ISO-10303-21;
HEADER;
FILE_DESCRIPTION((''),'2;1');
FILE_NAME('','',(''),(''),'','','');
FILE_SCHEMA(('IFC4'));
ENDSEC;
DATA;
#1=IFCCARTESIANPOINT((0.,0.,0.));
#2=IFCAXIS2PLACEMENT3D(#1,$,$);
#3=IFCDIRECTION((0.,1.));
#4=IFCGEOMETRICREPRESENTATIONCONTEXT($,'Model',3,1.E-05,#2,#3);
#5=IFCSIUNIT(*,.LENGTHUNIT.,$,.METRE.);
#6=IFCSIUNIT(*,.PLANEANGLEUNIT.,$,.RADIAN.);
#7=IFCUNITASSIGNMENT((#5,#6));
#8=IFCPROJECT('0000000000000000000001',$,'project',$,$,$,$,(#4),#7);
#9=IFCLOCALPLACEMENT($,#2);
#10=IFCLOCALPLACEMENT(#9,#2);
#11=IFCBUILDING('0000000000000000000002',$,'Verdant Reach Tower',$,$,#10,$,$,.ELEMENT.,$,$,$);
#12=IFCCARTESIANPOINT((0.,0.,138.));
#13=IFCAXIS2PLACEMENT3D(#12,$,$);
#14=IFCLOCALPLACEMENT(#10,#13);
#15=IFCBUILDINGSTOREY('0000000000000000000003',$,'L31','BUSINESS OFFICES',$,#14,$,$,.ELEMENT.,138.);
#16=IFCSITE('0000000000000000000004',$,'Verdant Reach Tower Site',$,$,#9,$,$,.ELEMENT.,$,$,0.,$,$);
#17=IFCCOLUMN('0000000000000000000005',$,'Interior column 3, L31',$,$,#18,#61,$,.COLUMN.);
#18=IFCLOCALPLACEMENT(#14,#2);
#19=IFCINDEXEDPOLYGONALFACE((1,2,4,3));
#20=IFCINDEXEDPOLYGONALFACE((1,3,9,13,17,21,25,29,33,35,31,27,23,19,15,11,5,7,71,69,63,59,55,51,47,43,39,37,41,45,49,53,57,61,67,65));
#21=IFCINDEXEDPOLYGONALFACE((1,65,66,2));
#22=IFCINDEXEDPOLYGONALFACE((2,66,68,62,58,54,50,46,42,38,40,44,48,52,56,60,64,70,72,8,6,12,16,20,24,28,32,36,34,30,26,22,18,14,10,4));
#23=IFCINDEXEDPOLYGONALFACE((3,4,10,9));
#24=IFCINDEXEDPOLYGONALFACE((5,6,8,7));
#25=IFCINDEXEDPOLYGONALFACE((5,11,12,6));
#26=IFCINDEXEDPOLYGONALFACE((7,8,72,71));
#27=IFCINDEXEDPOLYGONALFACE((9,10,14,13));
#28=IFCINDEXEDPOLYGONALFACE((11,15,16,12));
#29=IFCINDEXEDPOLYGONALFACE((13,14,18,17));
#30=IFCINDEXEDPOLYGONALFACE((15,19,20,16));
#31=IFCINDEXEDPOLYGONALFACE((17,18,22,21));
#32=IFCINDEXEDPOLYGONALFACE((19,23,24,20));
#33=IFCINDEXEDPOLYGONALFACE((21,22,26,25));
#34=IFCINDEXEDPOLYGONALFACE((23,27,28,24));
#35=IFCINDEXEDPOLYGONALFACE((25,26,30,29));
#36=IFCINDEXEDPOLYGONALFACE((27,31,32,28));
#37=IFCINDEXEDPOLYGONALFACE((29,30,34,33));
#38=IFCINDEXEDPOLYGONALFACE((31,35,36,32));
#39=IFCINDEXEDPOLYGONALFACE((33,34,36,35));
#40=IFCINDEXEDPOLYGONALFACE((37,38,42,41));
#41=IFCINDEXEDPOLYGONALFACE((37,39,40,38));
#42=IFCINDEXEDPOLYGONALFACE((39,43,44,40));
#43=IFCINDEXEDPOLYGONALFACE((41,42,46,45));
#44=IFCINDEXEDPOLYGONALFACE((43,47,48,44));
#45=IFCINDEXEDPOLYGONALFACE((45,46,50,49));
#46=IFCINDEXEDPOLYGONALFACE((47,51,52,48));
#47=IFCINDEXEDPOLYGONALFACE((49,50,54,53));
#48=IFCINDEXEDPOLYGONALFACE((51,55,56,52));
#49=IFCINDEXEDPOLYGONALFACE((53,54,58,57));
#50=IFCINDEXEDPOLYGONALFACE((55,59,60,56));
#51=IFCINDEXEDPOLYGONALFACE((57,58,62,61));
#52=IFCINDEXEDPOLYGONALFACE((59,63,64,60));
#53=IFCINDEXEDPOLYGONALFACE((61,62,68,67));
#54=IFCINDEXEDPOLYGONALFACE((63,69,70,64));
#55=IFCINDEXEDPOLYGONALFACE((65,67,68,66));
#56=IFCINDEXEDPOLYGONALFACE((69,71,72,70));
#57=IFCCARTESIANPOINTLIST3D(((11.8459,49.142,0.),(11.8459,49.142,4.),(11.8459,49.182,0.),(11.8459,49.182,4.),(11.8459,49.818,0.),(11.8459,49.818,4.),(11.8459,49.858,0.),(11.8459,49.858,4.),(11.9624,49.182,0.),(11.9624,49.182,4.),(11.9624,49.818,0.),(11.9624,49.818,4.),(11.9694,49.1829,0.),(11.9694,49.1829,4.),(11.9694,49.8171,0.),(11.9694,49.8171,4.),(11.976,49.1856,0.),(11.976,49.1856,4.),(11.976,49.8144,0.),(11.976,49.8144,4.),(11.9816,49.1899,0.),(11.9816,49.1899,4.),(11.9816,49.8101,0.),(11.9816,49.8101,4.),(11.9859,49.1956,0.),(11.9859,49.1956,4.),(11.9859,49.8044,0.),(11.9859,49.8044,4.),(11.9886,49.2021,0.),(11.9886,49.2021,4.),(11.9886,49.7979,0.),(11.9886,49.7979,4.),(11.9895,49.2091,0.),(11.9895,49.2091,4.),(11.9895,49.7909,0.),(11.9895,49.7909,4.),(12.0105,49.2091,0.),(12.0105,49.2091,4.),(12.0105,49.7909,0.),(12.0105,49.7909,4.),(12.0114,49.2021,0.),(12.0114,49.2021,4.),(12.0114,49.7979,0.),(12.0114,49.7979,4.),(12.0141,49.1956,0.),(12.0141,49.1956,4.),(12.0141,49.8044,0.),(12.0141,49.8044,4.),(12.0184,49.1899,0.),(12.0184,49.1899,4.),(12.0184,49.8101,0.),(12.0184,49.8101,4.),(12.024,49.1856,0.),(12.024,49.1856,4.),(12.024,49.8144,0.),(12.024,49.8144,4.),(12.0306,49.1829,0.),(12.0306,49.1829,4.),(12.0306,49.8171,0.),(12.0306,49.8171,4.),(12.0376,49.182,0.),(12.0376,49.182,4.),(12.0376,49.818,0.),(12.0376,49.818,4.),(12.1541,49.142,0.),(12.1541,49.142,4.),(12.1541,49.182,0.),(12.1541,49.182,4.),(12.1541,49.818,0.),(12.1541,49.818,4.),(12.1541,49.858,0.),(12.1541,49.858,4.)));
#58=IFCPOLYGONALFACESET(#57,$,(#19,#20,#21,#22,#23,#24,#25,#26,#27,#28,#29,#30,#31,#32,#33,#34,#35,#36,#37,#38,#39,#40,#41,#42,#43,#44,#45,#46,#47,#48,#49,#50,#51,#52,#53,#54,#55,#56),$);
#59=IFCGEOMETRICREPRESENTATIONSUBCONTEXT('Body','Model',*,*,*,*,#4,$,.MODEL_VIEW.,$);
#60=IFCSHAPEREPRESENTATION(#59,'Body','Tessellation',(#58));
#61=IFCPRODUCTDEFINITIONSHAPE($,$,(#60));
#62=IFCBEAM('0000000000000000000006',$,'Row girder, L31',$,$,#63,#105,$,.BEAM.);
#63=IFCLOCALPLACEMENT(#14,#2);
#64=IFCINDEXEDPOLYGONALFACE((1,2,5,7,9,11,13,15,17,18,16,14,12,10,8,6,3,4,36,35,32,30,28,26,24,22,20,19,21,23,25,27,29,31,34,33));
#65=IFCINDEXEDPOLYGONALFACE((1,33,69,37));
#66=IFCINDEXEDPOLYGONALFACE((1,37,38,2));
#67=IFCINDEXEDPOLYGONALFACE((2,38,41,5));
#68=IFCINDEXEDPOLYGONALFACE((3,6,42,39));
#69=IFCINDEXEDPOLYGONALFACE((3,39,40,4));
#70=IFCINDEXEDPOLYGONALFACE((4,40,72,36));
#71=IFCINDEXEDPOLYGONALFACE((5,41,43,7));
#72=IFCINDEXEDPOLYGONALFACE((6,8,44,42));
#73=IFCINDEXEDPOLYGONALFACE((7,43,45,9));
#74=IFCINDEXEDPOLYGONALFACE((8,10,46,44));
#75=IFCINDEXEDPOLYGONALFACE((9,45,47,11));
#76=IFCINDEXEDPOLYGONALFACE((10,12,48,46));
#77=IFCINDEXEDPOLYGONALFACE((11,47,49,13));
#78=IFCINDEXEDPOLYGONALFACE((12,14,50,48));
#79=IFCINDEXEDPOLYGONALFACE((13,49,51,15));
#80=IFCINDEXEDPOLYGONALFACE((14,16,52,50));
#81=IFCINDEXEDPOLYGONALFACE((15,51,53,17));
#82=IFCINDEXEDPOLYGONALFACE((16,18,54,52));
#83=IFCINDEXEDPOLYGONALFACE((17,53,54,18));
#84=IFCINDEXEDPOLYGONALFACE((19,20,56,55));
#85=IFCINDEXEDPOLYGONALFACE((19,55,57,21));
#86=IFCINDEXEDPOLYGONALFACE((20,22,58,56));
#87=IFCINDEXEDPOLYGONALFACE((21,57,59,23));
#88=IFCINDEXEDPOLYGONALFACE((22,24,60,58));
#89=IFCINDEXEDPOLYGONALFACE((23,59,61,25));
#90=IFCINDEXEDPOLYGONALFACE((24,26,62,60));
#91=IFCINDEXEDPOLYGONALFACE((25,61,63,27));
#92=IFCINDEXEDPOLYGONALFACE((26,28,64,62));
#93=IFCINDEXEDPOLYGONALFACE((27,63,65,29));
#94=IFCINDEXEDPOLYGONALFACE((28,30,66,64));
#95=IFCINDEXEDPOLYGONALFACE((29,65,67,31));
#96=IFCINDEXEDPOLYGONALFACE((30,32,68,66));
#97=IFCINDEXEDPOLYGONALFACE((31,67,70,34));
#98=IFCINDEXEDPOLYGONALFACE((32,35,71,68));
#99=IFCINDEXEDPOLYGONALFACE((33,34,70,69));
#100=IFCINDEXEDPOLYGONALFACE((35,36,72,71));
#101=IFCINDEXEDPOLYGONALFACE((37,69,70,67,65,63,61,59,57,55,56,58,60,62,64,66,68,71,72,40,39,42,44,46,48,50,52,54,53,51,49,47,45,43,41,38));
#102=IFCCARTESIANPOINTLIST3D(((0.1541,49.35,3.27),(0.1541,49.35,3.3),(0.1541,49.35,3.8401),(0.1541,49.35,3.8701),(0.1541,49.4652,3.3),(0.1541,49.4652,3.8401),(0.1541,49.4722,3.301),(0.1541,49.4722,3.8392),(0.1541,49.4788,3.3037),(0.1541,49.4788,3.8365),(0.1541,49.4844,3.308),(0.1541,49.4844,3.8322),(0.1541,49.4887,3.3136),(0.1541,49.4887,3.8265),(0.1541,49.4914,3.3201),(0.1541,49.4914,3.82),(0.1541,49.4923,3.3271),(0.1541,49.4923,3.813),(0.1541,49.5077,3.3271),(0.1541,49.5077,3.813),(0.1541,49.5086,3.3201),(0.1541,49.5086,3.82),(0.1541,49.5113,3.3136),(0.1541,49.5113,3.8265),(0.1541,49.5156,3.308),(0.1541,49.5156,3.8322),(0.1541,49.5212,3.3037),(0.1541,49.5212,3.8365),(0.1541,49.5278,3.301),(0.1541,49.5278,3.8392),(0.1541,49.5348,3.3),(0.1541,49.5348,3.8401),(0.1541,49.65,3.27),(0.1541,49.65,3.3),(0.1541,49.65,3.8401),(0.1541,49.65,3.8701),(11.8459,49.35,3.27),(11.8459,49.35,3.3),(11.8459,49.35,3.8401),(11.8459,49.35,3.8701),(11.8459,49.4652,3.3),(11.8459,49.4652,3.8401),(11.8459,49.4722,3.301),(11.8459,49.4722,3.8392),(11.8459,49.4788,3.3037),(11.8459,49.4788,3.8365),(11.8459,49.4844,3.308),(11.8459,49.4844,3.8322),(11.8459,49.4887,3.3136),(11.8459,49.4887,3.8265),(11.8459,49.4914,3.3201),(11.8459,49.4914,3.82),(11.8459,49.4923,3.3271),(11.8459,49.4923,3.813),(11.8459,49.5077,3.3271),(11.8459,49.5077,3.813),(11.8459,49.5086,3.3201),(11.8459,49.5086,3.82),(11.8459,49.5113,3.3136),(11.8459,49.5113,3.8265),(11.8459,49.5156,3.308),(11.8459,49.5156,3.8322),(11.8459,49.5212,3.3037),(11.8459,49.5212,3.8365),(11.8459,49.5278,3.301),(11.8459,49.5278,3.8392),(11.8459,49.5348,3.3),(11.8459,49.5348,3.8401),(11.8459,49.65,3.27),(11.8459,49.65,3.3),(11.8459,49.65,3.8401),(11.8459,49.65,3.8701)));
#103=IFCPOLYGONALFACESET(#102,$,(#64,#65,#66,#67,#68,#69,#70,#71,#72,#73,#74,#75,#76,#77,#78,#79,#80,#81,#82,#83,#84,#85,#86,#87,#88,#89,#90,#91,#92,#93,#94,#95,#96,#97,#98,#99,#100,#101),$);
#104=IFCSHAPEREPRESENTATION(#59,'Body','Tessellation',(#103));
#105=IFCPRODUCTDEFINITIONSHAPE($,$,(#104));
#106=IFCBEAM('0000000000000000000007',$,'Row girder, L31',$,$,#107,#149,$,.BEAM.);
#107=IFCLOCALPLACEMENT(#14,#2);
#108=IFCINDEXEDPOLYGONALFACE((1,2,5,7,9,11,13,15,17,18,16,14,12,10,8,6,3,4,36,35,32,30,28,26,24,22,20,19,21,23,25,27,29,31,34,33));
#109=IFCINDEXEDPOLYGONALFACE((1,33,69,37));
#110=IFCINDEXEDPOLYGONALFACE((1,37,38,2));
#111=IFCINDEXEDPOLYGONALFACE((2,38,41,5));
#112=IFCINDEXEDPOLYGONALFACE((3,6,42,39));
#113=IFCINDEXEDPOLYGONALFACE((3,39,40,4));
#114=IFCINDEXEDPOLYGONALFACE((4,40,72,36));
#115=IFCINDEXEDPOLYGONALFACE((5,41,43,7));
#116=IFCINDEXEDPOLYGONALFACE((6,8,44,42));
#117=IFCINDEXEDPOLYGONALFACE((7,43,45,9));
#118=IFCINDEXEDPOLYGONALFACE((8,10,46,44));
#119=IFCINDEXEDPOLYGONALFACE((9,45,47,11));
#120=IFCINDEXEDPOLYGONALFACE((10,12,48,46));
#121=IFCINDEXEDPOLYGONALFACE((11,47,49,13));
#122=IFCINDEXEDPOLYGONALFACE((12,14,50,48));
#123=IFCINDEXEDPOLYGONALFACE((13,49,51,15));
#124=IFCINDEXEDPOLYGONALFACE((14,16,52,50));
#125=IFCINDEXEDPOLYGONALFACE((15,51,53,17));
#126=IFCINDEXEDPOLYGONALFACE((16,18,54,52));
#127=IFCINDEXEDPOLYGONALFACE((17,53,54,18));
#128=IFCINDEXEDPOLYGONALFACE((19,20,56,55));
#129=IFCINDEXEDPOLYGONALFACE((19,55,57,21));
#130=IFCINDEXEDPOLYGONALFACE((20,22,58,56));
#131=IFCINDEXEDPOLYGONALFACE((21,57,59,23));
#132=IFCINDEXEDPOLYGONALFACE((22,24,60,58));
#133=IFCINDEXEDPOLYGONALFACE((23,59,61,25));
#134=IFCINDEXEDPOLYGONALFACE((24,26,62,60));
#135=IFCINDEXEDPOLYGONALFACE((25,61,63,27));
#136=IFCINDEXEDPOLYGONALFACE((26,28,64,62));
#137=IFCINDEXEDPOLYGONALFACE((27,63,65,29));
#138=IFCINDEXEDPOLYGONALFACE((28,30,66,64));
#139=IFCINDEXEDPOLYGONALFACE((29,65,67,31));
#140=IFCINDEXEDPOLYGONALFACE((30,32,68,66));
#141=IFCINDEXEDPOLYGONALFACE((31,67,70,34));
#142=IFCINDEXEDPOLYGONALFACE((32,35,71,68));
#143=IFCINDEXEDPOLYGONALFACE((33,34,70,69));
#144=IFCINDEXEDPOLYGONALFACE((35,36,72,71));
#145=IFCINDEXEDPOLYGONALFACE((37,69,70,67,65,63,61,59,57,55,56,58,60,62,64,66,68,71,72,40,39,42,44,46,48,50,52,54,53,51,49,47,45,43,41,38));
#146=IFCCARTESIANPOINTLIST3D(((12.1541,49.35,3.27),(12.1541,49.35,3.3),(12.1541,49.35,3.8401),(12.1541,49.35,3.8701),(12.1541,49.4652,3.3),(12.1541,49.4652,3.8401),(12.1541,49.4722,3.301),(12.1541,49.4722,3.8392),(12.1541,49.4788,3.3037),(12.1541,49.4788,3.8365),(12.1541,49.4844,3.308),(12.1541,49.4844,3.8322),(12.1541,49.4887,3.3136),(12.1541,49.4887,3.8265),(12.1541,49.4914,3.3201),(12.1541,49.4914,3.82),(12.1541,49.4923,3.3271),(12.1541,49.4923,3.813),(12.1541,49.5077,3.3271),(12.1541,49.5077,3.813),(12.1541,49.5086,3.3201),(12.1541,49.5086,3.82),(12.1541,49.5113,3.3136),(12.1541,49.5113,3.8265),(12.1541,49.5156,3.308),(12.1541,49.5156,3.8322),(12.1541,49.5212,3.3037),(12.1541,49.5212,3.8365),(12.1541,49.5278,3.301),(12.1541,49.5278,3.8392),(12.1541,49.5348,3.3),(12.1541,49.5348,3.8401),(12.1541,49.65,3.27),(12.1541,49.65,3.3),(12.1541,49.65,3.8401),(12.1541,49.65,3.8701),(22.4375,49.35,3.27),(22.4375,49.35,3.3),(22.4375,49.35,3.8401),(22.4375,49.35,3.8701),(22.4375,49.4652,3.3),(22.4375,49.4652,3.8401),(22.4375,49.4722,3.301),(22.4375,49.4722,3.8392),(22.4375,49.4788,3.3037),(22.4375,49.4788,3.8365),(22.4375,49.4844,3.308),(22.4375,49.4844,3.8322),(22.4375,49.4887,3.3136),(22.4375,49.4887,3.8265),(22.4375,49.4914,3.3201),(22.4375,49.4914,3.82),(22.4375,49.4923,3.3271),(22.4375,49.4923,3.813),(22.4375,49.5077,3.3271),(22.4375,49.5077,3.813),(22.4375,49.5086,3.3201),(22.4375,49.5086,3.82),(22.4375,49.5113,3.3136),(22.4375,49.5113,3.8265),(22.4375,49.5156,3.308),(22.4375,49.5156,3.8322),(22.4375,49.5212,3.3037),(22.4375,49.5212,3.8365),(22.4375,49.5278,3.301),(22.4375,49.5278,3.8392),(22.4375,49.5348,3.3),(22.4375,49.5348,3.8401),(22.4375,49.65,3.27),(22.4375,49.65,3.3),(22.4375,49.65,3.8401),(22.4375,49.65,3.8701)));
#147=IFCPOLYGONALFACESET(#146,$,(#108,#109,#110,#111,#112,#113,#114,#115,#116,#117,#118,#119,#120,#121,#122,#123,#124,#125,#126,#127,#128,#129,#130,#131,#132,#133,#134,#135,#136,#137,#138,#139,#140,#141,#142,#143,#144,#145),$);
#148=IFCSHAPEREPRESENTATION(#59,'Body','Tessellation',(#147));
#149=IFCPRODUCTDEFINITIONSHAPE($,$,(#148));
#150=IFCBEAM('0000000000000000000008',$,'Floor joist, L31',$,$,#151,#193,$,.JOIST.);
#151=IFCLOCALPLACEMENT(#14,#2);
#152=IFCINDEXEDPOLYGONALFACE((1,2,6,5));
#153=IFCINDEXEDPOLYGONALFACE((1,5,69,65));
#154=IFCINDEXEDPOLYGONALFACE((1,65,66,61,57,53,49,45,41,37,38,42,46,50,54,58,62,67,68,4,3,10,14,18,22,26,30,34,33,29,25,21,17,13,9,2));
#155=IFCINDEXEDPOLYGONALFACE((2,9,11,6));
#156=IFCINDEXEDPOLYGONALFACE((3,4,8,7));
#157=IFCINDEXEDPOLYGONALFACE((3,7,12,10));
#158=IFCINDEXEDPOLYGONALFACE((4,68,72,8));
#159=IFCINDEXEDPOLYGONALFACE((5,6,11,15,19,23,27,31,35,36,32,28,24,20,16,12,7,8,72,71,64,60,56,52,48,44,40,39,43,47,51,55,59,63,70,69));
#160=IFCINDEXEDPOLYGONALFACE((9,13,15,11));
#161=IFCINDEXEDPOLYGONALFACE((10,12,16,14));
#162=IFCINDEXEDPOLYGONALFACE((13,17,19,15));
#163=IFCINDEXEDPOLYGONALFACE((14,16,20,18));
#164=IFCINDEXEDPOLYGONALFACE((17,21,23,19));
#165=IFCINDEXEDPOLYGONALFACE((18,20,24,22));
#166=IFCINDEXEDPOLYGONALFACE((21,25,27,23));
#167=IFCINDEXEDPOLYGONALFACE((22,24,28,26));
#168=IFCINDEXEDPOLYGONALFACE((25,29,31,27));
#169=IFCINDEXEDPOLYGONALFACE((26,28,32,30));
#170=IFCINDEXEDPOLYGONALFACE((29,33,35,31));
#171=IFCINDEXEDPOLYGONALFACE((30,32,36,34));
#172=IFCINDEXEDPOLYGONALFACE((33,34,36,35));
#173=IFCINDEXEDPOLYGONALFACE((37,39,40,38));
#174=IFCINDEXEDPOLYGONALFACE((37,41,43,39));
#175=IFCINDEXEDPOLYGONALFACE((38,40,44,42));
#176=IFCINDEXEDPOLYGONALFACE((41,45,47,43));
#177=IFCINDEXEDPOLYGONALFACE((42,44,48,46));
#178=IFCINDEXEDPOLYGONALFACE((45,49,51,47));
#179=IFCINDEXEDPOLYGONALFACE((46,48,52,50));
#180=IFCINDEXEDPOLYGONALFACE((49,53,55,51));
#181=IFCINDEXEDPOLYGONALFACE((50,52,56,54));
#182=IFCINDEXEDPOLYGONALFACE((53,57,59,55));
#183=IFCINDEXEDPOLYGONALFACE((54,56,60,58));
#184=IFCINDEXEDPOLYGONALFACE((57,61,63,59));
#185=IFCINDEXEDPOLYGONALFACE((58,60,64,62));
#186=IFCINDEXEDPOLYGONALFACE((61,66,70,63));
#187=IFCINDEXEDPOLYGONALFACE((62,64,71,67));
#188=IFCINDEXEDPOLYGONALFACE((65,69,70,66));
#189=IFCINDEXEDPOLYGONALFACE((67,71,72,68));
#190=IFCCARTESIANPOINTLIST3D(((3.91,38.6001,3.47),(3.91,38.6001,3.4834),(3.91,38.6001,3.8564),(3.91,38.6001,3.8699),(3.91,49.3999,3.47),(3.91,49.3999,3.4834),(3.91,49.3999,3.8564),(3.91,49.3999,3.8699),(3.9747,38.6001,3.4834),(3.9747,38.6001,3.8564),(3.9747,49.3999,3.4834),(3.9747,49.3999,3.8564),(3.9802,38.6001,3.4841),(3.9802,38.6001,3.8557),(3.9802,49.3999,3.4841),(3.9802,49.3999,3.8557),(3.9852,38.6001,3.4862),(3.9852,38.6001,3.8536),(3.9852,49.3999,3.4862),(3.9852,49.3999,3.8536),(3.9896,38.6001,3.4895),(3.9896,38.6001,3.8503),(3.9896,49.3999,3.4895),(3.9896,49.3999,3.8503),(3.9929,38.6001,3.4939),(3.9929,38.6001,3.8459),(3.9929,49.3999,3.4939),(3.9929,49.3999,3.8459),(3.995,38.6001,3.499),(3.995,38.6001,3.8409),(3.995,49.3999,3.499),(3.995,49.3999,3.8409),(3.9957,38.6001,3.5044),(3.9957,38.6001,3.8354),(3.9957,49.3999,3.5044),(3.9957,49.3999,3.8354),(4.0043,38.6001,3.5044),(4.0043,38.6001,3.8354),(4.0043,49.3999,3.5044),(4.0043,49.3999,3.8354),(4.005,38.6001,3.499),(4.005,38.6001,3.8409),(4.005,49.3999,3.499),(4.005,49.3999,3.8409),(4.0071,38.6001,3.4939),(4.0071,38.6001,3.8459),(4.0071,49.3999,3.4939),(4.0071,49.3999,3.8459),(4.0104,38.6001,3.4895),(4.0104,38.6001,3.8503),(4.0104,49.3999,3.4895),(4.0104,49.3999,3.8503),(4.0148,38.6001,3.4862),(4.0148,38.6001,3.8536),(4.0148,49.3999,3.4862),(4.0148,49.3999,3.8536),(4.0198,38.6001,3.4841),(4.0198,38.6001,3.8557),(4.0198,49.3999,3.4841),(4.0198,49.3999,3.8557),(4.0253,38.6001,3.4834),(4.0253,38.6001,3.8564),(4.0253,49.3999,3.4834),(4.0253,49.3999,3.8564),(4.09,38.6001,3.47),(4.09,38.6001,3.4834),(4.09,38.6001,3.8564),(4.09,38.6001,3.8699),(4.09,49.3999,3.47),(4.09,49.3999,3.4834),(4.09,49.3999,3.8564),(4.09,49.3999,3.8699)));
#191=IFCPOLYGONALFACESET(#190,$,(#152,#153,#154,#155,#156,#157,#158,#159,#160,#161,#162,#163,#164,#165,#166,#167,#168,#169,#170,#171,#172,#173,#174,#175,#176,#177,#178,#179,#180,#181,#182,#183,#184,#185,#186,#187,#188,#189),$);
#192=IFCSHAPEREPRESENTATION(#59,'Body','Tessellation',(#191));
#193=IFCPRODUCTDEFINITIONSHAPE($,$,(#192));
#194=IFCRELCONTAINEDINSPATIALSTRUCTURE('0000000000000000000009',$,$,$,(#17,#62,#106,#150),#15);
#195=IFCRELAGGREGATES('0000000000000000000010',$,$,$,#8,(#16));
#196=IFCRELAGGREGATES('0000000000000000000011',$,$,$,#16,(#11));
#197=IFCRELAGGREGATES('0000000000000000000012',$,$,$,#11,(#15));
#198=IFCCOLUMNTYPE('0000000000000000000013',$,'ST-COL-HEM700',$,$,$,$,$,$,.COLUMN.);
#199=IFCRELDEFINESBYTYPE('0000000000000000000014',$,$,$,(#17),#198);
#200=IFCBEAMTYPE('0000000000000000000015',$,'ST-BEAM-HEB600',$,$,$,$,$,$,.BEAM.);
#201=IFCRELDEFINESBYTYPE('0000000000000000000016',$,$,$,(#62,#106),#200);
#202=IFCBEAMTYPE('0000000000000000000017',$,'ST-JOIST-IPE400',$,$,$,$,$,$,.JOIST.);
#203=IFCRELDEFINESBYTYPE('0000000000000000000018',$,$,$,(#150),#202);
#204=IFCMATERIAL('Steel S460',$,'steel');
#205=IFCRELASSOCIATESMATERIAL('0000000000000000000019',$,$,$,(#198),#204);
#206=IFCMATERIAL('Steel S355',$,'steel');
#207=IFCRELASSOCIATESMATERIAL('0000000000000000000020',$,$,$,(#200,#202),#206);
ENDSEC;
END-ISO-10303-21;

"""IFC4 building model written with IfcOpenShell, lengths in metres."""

from ifc_helpers import new_model, si_unit, direction, frame, origin, origin_2d, place, context, subcontext, project, spatial, i_section, extrude, material, material_profile, profile_set, type_object, element, save


model = new_model("IFC4")

# Units and contexts
model_context = context("Model", 3, precision=1e-05, world=origin(), true_north=direction((0.0, 1.0)))
body_context = subcontext(model_context, "Body", "Model", "MODEL_VIEW")
ifc_project = project(units=[si_unit("LENGTHUNIT", "METRE"), si_unit("PLANEANGLEUNIT", "RADIAN")], contexts=[model_context])

# Site, building, storey
site_placement = place(None, origin())
site = spatial("IfcSite", under=ifc_project, at=site_placement, Name="Verdant Reach Tower Site", CompositionType="ELEMENT", RefElevation=0.0)
building_placement = place(site_placement, origin())
building = spatial("IfcBuilding", under=site, at=building_placement, Name="Verdant Reach Tower", CompositionType="ELEMENT")
storey_placement = place(building_placement, frame((0.0, 0.0, 138.0)))
storey = spatial("IfcBuildingStorey", under=building, at=storey_placement, Name="L31", Description="BUSINESS OFFICES", CompositionType="ELEMENT", Elevation=138.0)

# Column
ifc_material_1 = material(Name="Steel S460", Category="steel")
ifc_material_profile_1 = material_profile(ifc_material_1, i_section(OverallWidth=0.3081, OverallDepth=0.7161, WebThickness=0.021, FlangeThickness=0.04, FilletRadius=0.0271, at=origin_2d()), Name="HEM 700")
ifc_profile_set_1 = profile_set([ifc_material_profile_1], Name="Steel S460")
column_type = type_object("IfcColumnType", Name="ST-COL-HEM700", PredefinedType="COLUMN", material=ifc_profile_set_1)
column_placement = place(storey_placement, frame((12.0, 49.5, 0.0), z_axis=(0.0, 0.0, 1.0), x_axis=(1.0, 0.0, 0.0)))
element("IfcColumn", 1, at=column_placement, inside=storey, type_object=column_type, Name="Interior column 3, L31", PredefinedType="COLUMN", context=body_context, shape_type="SweptSolid", body=[
    extrude(i_section(OverallWidth=0.3081, OverallDepth=0.7161, WebThickness=0.021, FlangeThickness=0.04, FilletRadius=0.0271, at=origin_2d()), origin(), (0.0, 0.0, 1.0), 4.0),
])

# Beams
ifc_material_2 = material(Name="Steel S355", Category="steel")
ifc_material_profile_2 = material_profile(ifc_material_2, i_section(OverallWidth=0.3, OverallDepth=0.6001, WebThickness=0.0154, FlangeThickness=0.03, FilletRadius=0.0271, at=origin_2d()), Name="HEB 600")
ifc_profile_set_2 = profile_set([ifc_material_profile_2], Name="Steel S355")
beam_type_1 = type_object("IfcBeamType", Name="ST-BEAM-HEB600", PredefinedType="BEAM", material=ifc_profile_set_2)
beam_1_placement = place(storey_placement, frame((0.1541, 49.5, 3.5701), z_axis=(1.0, 0.0, 0.0), x_axis=(0.0, 1.0, 0.0)))
element("IfcBeam", 2, at=beam_1_placement, inside=storey, type_object=beam_type_1, Name="Row girder, L31", PredefinedType="BEAM", context=body_context, shape_type="SweptSolid", body=[
    extrude(i_section(OverallWidth=0.3, OverallDepth=0.6001, WebThickness=0.0154, FlangeThickness=0.03, FilletRadius=0.0271, at=origin_2d()), origin(), (0.0, 0.0, 1.0), 11.6919),
])
beam_2_placement = place(storey_placement, frame((12.1541, 49.5, 3.5701), z_axis=(1.0, 0.0, 0.0), x_axis=(0.0, 1.0, 0.0)))
element("IfcBeam", 3, at=beam_2_placement, inside=storey, type_object=beam_type_1, Name="Row girder, L31", PredefinedType="BEAM", context=body_context, shape_type="SweptSolid", body=[
    extrude(i_section(OverallWidth=0.3, OverallDepth=0.6001, WebThickness=0.0154, FlangeThickness=0.03, FilletRadius=0.0271, at=origin_2d()), origin(), (0.0, 0.0, 1.0), 10.2834),
])
ifc_material_profile_3 = material_profile(ifc_material_2, i_section(OverallWidth=0.1799, OverallDepth=0.3999, WebThickness=0.0085, FlangeThickness=0.0134, FilletRadius=0.021, at=origin_2d()), Name="IPE 400")
ifc_profile_set_3 = profile_set([ifc_material_profile_3], Name="Steel S355")
beam_type_2 = type_object("IfcBeamType", Name="ST-JOIST-IPE400", PredefinedType="JOIST", material=ifc_profile_set_3)
for number, where, z_axis, x_axis, name in (
    (4, (4.0, 38.6001, 3.6699), (0.0, 1.0, 0.0), (-1.0, 0.0, 0.0), "Floor joist, L31"),
):
    element("IfcBeam", number, at=place(storey_placement, frame(where, z_axis=z_axis, x_axis=x_axis)), inside=storey, type_object=beam_type_2, Name=name, PredefinedType="JOIST", context=body_context, shape_type="SweptSolid", body=[
        extrude(i_section(OverallWidth=0.1799, OverallDepth=0.3999, WebThickness=0.0085, FlangeThickness=0.0134, FilletRadius=0.021, at=origin_2d()), origin(), (0.0, 0.0, 1.0), 10.7998),
    ])

save(model, "model.ifc")
